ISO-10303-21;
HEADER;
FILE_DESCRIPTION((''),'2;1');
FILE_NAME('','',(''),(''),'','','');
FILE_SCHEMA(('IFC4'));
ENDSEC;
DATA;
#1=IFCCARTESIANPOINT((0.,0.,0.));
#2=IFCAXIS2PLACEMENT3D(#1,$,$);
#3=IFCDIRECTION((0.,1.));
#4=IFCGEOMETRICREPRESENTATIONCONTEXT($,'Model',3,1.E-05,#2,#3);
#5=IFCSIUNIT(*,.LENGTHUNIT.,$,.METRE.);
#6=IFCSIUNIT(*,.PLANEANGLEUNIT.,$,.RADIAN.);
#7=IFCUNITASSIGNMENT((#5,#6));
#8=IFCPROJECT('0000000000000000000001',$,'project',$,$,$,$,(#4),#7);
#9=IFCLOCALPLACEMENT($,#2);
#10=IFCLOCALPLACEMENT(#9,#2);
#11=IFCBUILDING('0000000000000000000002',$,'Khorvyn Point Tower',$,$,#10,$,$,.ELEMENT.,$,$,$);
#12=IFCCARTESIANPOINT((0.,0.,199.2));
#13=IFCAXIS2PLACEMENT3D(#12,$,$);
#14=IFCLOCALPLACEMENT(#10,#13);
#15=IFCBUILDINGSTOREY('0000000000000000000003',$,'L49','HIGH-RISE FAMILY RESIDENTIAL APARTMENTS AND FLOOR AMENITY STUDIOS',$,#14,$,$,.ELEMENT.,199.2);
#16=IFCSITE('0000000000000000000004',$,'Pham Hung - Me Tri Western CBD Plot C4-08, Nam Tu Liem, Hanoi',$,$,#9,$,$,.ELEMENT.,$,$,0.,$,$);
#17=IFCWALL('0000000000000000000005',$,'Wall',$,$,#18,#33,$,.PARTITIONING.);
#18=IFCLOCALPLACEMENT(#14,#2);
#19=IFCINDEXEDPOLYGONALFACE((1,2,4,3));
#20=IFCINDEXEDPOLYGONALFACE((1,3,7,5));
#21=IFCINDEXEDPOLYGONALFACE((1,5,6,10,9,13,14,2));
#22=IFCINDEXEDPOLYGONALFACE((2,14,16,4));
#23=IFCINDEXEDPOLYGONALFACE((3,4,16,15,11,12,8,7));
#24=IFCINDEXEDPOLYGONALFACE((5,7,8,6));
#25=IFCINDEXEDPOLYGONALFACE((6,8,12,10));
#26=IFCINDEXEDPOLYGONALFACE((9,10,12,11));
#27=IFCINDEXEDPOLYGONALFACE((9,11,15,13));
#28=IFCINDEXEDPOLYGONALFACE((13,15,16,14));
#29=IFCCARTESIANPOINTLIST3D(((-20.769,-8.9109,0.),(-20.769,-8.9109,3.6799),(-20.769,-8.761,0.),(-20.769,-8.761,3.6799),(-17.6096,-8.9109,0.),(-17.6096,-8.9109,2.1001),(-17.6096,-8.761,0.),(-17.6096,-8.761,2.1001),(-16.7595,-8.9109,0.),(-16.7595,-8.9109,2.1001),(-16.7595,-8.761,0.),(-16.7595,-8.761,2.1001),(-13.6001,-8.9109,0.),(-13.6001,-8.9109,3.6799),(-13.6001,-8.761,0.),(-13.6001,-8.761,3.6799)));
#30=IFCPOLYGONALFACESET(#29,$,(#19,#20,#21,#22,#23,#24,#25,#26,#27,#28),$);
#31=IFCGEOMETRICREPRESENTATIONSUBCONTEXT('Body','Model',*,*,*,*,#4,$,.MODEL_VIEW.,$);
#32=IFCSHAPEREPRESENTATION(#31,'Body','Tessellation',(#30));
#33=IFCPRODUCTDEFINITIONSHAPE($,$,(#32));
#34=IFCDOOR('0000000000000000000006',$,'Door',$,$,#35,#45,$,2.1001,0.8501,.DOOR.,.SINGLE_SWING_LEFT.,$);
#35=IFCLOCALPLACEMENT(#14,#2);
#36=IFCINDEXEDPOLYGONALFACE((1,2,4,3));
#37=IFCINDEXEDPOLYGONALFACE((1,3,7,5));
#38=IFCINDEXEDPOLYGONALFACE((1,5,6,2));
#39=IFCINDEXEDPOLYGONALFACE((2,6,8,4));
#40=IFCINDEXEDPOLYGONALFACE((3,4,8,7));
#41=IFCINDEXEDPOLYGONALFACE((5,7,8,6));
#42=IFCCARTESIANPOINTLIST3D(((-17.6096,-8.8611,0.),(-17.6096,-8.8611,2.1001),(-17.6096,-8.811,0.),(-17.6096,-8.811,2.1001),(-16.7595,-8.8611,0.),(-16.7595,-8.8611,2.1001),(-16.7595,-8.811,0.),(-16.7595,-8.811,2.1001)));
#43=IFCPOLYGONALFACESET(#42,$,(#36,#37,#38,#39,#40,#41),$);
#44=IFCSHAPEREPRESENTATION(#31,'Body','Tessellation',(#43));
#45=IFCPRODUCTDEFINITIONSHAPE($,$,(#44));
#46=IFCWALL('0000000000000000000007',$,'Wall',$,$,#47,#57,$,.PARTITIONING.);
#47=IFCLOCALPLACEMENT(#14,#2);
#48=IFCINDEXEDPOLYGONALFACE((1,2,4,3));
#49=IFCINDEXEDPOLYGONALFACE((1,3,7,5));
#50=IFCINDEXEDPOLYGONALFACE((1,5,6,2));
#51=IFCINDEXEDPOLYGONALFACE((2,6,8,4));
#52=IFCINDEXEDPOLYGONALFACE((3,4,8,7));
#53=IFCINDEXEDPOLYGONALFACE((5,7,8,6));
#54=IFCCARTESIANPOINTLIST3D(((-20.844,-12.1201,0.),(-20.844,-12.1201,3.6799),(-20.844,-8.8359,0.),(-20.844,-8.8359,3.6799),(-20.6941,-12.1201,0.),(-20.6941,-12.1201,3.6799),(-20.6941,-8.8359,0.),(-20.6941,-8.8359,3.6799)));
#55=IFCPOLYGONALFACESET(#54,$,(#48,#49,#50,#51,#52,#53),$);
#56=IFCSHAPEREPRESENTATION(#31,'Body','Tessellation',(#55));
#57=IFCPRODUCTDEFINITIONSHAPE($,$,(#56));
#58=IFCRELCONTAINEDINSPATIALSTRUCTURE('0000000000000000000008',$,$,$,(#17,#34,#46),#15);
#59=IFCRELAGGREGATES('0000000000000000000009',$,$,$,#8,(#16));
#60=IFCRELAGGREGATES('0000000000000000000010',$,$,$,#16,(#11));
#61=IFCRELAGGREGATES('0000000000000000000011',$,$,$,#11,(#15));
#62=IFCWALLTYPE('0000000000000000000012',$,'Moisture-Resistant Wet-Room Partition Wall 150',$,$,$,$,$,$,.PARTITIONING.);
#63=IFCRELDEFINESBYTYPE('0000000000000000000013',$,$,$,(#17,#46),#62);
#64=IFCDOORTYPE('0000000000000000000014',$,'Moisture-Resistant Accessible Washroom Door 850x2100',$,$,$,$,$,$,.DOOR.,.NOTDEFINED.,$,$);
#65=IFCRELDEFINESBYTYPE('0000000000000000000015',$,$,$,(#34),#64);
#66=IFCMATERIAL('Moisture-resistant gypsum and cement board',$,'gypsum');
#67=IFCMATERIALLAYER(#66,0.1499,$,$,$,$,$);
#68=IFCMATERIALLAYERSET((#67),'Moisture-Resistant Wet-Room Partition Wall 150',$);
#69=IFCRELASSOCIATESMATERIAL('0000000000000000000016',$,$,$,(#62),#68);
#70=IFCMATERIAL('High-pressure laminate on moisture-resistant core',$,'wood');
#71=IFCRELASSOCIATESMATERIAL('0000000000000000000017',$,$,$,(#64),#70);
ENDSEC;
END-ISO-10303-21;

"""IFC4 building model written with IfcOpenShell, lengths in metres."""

from ifc_helpers import new_model, si_unit, direction, frame, frame_2d, origin, place, context, subcontext, project, spatial, rectangle, extrude, material, layer, layer_set, type_object, element, fill, save


model = new_model("IFC4")

# Units and contexts
model_context = context("Model", 3, precision=1e-05, world=origin(), true_north=direction((0.0, 1.0)))
body_context = subcontext(model_context, "Body", "Model", "MODEL_VIEW")
ifc_project = project(units=[si_unit("LENGTHUNIT", "METRE"), si_unit("PLANEANGLEUNIT", "RADIAN")], contexts=[model_context])

# Site, building, storey
site_placement = place(None, origin())
site = spatial("IfcSite", under=ifc_project, at=site_placement, Name="Pham Hung - Me Tri Western CBD Plot C4-08, Nam Tu Liem, Hanoi", CompositionType="ELEMENT", RefElevation=0.0)
building_placement = place(site_placement, origin())
building = spatial("IfcBuilding", under=site, at=building_placement, Name="Khorvyn Point Tower", CompositionType="ELEMENT")
storey_placement = place(building_placement, frame((0.0, 0.0, 199.2)))
storey = spatial("IfcBuildingStorey", under=building, at=storey_placement, Name="L49", Description="HIGH-RISE FAMILY RESIDENTIAL APARTMENTS AND FLOOR AMENITY STUDIOS", CompositionType="ELEMENT", Elevation=199.2)

# Wall, opening, door
ifc_material_1 = material(Name="Moisture-resistant gypsum and cement board", Category="gypsum")
ifc_layer_1 = layer(ifc_material_1, 0.1499)
ifc_layer_set_1 = layer_set([ifc_layer_1], Name="Moisture-Resistant Wet-Room Partition Wall 150")
wall_type_1 = type_object("IfcWallType", Name="Moisture-Resistant Wet-Room Partition Wall 150", PredefinedType="PARTITIONING", material=ifc_layer_set_1)
wall_1_placement = place(storey_placement, frame((-20.769, -8.8359, 0.0), z_axis=(0.0, 0.0, 1.0), x_axis=(1.0, 0.0, 0.0)))
wall_1 = element("IfcWall", 1, at=wall_1_placement, inside=storey, type_object=wall_type_1, Name="Wall", PredefinedType="PARTITIONING", context=body_context, shape_type="SweptSolid", body=[
    extrude(rectangle(XDim=7.1689, YDim=0.1499, at=frame_2d((3.5845, 0.0))), origin(), (0.0, 0.0, 1.0), 3.6799),
])
opening_1_placement = place(wall_1_placement, frame((3.1594, 0.0, 0.0)))
opening_1 = element("IfcOpeningElement", 2, at=opening_1_placement, cuts=wall_1, PredefinedType="OPENING", context=body_context, shape_type="SweptSolid", body=[
    extrude(rectangle(XDim=0.8501, YDim=2.1001, at=frame_2d((0.425, 1.05))), frame((0.0, 0.085, 0.0), z_axis=(0.0, -1.0, 0.0), x_axis=(1.0, 0.0, 0.0)), (0.0, 0.0, 1.0), 0.1699),
])
ifc_material_2 = material(Name="High-pressure laminate on moisture-resistant core", Category="wood")
door_type_1 = type_object("IfcDoorType", Name="Moisture-Resistant Accessible Washroom Door 850x2100", OperationType="NOTDEFINED", PredefinedType="DOOR", material=ifc_material_2)
door_1_placement = place(opening_1_placement, origin())
door_1 = element("IfcDoor", 3, at=door_1_placement, inside=storey, type_object=door_type_1, Name="Door", OperationType="SINGLE_SWING_LEFT", OverallHeight=2.1001, OverallWidth=0.8501, PredefinedType="DOOR", context=body_context, shape_type="SweptSolid", body=[
    extrude(rectangle(XDim=0.8501, YDim=2.1001, at=frame_2d((0.425, 1.05))), frame((0.0, 0.0249, 0.0), z_axis=(0.0, -1.0, 0.0), x_axis=(1.0, 0.0, 0.0)), (0.0, 0.0, 1.0), 0.05),
])
fill(opening_1, door_1)

# Wall
wall_2_placement = place(storey_placement, frame((-20.769, -12.1201, 0.0), z_axis=(0.0, 0.0, 1.0), x_axis=(0.0, 1.0, 0.0)))
element("IfcWall", 4, at=wall_2_placement, inside=storey, type_object=wall_type_1, Name="Wall", PredefinedType="PARTITIONING", context=body_context, shape_type="SweptSolid", body=[
    extrude(rectangle(XDim=3.2842, YDim=0.1499, at=frame_2d((1.6421, 0.0))), origin(), (0.0, 0.0, 1.0), 3.6799),
])

save(model, "model.ifc")
